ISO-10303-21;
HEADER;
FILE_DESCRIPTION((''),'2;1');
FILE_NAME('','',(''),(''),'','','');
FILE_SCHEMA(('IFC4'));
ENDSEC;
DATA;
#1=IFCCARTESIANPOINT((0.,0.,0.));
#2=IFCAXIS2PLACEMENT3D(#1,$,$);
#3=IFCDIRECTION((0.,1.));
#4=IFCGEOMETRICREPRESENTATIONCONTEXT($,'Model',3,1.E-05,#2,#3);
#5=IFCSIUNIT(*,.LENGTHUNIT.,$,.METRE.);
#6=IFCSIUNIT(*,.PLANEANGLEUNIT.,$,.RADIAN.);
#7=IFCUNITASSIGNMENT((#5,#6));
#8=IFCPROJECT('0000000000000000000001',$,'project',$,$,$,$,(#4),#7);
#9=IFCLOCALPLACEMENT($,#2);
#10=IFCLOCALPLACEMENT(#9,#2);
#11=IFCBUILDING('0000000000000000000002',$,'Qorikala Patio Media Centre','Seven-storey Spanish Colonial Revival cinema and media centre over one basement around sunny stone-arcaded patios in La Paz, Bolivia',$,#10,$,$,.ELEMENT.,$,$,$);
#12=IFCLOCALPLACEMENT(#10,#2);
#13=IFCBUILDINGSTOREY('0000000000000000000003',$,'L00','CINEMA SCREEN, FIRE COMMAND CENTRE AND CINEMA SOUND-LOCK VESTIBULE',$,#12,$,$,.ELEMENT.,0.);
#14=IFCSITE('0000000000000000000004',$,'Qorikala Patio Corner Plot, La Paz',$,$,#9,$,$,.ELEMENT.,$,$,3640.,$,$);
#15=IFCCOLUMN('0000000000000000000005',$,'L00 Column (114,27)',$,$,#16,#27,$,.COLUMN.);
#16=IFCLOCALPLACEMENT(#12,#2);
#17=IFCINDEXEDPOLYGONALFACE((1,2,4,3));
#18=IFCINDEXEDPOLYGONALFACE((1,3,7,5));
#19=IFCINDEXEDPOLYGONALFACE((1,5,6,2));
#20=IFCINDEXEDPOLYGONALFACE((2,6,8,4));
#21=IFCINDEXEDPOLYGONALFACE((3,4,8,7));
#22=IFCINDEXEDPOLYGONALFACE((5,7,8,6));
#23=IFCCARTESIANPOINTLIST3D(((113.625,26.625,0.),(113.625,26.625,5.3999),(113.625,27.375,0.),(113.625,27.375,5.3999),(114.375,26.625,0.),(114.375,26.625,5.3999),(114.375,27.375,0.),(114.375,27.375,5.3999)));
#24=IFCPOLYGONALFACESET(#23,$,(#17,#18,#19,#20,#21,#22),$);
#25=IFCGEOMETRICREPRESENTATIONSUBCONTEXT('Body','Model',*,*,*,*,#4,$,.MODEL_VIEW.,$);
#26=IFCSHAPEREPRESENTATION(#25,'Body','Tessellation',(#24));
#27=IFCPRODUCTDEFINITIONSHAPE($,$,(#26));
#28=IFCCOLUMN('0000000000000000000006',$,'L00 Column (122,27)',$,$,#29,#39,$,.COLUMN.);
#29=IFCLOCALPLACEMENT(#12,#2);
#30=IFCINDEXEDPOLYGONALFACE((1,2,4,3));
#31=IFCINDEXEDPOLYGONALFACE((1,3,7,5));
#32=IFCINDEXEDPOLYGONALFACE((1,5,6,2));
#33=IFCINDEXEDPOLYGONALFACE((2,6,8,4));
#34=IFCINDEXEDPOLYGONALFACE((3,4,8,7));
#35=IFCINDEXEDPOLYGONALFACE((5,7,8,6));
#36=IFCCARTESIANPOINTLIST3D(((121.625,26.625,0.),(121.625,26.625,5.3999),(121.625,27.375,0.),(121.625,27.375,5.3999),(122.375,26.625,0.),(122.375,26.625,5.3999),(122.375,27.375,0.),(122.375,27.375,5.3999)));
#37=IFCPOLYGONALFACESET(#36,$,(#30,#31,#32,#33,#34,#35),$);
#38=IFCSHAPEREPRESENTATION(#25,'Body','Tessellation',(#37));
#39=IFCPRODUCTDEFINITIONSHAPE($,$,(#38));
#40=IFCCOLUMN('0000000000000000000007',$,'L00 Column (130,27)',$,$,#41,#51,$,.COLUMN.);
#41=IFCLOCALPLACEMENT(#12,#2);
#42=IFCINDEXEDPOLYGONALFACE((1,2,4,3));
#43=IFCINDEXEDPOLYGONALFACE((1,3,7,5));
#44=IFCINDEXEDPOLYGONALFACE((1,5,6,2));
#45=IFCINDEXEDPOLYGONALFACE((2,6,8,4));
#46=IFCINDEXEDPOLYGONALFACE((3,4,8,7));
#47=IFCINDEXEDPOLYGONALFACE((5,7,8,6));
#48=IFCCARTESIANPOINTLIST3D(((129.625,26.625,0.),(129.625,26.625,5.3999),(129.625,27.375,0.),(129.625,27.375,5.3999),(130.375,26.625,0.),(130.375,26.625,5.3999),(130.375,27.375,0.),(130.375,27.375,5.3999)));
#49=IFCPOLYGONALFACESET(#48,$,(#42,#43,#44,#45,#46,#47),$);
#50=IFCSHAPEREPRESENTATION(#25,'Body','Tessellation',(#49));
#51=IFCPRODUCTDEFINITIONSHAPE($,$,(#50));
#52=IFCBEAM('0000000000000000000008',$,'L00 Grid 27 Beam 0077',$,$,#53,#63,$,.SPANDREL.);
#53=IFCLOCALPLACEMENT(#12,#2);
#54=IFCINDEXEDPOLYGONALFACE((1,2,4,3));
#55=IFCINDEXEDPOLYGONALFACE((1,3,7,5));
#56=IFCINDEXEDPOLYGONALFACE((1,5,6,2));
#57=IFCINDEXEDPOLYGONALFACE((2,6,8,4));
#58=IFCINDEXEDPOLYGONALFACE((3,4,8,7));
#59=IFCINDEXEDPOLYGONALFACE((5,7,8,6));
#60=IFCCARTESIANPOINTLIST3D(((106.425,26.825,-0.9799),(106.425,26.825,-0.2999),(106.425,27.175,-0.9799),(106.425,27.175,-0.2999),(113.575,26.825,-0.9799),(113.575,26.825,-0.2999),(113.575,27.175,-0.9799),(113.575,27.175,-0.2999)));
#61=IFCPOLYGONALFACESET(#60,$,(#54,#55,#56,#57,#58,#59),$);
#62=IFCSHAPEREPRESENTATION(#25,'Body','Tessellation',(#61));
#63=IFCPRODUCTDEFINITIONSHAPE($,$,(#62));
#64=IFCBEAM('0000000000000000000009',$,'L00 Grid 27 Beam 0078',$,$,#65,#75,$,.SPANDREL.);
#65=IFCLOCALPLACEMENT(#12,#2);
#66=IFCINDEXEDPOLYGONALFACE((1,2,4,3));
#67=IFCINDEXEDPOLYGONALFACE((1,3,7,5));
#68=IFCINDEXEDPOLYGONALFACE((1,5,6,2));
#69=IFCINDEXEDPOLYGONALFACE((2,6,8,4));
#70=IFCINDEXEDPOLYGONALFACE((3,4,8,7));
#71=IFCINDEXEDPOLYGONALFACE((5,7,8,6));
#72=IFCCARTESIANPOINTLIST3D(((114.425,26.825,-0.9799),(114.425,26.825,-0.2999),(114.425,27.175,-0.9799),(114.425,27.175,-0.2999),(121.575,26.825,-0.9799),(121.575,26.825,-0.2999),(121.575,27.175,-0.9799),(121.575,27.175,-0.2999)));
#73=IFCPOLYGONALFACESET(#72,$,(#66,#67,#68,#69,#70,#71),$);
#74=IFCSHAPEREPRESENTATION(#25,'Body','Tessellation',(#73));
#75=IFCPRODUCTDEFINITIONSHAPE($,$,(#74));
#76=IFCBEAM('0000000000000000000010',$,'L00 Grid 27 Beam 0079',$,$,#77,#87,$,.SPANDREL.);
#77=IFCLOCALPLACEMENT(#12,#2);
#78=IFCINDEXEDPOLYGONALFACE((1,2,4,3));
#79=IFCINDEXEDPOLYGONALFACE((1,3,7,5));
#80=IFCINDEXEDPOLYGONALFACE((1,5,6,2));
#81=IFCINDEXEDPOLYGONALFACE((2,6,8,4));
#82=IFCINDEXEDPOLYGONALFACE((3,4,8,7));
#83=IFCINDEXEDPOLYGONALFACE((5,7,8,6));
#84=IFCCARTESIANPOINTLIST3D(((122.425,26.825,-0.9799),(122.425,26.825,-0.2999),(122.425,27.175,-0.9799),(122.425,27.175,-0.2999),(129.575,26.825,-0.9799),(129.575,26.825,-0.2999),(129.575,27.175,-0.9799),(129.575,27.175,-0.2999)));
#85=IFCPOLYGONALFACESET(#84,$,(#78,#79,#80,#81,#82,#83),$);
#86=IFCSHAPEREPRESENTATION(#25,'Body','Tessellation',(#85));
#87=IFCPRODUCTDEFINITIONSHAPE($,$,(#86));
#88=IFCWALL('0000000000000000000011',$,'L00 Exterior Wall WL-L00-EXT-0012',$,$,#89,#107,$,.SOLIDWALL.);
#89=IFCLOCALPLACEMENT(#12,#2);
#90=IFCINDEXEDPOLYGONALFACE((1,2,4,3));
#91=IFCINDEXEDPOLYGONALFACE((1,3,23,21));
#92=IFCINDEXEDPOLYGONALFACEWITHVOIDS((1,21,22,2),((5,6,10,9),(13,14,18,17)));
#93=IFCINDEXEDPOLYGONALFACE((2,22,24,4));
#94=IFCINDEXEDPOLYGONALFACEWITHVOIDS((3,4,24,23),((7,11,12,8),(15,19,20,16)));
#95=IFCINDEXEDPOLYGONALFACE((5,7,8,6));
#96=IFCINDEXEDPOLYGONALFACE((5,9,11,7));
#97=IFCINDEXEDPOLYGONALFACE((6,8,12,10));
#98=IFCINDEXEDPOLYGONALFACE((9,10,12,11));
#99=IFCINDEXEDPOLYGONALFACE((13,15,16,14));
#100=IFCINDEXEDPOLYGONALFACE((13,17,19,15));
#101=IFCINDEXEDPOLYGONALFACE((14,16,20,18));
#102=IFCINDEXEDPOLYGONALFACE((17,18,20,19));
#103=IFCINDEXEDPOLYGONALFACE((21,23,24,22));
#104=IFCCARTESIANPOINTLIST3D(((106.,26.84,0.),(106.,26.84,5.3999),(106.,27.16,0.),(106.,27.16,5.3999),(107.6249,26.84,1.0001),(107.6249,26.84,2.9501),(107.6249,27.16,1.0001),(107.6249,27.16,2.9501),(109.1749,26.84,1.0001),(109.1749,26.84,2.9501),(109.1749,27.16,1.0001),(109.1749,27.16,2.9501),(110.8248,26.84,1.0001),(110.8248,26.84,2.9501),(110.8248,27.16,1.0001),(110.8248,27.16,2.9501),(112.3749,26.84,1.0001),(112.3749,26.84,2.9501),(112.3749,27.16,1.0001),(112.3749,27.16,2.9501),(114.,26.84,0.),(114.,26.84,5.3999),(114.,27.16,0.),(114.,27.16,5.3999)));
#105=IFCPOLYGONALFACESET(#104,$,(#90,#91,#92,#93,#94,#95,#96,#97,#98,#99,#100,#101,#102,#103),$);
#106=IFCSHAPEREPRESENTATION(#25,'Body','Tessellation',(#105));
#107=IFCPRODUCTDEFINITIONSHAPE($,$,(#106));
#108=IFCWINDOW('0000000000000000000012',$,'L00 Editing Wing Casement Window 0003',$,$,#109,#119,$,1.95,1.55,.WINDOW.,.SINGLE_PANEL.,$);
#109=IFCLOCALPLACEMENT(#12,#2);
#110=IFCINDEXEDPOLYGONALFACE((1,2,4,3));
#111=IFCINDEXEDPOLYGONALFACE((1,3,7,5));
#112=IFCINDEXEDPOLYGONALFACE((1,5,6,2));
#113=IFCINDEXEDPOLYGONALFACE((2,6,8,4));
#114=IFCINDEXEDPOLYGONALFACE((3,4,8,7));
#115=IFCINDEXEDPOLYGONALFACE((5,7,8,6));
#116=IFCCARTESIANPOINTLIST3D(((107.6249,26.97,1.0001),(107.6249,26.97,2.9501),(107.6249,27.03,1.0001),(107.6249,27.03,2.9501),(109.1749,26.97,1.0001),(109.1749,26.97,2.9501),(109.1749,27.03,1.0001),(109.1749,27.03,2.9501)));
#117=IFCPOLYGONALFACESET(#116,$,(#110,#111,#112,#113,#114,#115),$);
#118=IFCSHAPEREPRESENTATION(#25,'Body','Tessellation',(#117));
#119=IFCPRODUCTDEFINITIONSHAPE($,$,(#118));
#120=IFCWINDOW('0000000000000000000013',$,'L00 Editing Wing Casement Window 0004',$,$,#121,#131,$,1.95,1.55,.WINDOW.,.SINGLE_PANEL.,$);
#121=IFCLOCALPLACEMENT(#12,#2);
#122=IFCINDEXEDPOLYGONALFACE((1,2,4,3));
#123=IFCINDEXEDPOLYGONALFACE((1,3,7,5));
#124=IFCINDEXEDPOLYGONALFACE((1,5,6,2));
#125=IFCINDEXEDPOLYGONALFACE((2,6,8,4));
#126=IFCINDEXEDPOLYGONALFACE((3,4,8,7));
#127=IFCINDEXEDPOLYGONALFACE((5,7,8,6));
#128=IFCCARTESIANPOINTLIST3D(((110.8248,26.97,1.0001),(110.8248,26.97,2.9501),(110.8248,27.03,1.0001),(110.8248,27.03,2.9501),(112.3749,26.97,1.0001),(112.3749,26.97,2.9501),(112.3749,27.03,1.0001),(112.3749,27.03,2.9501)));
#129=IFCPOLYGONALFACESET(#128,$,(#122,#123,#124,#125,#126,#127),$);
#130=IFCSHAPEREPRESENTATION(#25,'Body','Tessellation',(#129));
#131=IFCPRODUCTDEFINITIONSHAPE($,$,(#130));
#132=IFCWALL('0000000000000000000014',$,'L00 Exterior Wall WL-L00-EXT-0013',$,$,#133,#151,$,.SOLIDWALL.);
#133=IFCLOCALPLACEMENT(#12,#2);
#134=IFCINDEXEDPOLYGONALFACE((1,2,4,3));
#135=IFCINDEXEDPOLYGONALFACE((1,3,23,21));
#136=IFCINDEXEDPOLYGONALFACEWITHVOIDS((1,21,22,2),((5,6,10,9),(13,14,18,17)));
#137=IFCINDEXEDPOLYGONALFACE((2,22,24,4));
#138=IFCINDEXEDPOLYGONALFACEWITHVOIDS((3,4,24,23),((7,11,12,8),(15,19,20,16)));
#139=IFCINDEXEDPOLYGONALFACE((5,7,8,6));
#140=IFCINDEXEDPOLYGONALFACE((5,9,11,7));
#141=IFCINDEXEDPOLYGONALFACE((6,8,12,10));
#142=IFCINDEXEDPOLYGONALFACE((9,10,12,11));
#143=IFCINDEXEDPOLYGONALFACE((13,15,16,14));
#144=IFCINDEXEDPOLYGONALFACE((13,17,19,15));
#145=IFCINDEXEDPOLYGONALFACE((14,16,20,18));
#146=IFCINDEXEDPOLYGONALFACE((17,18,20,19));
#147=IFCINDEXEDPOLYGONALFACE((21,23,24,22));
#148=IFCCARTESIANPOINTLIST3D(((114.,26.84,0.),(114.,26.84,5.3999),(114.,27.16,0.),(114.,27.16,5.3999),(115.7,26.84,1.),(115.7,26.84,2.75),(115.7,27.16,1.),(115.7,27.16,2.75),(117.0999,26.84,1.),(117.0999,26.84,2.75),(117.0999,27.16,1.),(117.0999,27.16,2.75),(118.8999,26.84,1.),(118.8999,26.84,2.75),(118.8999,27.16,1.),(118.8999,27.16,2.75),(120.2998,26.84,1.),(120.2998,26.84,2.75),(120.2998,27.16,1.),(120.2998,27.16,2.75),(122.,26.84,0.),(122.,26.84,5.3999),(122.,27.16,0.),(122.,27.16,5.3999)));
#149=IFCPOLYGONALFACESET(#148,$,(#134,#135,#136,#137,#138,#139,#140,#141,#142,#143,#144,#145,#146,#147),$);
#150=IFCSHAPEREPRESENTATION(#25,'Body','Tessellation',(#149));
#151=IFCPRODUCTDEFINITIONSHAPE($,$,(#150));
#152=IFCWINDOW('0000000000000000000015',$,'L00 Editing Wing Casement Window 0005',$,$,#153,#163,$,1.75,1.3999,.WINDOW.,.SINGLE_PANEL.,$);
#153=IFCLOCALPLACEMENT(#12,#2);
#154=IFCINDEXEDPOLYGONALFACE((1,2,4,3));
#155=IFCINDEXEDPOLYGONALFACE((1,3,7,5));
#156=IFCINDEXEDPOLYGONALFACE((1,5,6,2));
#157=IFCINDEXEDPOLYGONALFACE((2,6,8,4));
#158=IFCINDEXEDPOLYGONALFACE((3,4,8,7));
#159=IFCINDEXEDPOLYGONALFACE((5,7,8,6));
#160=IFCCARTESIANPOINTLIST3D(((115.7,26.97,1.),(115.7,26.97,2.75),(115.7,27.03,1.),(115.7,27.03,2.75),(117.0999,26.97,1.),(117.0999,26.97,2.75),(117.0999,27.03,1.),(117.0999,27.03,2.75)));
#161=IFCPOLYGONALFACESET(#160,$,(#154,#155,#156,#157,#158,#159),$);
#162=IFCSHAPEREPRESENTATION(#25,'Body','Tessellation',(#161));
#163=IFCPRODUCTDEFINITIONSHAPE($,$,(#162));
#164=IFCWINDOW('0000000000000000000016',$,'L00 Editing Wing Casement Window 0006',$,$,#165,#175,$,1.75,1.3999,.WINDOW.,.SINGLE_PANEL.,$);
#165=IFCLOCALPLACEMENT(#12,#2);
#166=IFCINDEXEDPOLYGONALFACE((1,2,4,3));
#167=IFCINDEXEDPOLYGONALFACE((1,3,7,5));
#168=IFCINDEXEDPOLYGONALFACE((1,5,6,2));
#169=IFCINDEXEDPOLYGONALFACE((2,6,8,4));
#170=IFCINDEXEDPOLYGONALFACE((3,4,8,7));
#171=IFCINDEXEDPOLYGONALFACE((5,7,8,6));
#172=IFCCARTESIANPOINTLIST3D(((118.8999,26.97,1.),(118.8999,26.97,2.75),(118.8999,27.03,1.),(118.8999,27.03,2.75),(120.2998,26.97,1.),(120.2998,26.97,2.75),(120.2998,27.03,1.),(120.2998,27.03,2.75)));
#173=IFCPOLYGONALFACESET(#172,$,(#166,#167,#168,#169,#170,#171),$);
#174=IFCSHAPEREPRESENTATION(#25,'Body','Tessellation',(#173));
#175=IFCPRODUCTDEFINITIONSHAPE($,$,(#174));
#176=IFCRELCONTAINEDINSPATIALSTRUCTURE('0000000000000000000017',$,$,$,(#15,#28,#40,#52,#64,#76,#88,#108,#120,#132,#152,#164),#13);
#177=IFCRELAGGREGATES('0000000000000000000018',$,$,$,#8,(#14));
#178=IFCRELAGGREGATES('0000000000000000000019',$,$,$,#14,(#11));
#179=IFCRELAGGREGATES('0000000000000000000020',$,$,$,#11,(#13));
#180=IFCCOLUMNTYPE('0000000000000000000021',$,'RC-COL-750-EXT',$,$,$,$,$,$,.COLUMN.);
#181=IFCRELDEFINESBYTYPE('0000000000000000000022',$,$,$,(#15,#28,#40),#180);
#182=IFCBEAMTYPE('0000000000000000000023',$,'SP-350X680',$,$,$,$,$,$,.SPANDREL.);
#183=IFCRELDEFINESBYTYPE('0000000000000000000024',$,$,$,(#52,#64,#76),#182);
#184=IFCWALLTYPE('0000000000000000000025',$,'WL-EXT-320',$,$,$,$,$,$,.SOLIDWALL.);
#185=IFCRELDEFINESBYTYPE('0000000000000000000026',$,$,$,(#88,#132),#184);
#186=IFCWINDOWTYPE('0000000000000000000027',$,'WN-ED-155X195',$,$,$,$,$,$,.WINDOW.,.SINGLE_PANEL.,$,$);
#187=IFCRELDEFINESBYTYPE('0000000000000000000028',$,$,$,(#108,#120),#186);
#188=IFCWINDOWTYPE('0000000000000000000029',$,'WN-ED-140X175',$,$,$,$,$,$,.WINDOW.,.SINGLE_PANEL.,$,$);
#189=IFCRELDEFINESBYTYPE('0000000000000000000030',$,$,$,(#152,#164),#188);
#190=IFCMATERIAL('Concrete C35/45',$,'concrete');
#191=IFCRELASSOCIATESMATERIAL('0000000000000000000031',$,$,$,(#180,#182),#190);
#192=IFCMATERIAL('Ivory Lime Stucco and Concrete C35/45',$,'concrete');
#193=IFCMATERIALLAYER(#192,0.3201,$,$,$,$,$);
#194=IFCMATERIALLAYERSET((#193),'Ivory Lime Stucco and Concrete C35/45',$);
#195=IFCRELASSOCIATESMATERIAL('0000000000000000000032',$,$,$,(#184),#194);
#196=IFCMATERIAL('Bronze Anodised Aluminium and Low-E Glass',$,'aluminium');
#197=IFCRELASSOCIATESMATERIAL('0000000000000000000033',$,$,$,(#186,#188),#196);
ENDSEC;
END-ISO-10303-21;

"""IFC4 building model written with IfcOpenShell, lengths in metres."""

from ifc_helpers import new_model, si_unit, direction, frame, frame_2d, origin, origin_2d, place, context, subcontext, project, spatial, rectangle, extrude, material, layer, layer_set, material_profile, profile_set, type_object, element, fill, save


model = new_model("IFC4")

# Units and contexts
model_context = context("Model", 3, precision=1e-05, world=origin(), true_north=direction((0.0, 1.0)))
body_context = subcontext(model_context, "Body", "Model", "MODEL_VIEW")
ifc_project = project(units=[si_unit("LENGTHUNIT", "METRE"), si_unit("PLANEANGLEUNIT", "RADIAN")], contexts=[model_context])

# Site, building, storey
site_placement = place(None, origin())
site = spatial("IfcSite", under=ifc_project, at=site_placement, Name="Qorikala Patio Corner Plot, La Paz", CompositionType="ELEMENT", RefElevation=3640.0)
building_placement = place(site_placement, origin())
building = spatial("IfcBuilding", under=site, at=building_placement, Name="Qorikala Patio Media Centre", Description="Seven-storey Spanish Colonial Revival cinema and media centre over one basement around sunny stone-arcaded patios in La Paz, Bolivia", CompositionType="ELEMENT")
storey_placement = place(building_placement, origin())
storey = spatial("IfcBuildingStorey", under=building, at=storey_placement, Name="L00", Description="CINEMA SCREEN, FIRE COMMAND CENTRE AND CINEMA SOUND-LOCK VESTIBULE", CompositionType="ELEMENT", Elevation=0.0)

# Columns
ifc_material_1 = material(Name="Concrete C35/45", Category="concrete")
ifc_material_profile_1 = material_profile(ifc_material_1, rectangle(XDim=0.75, YDim=0.75, at=origin_2d()), Name="RC 750x750")
ifc_profile_set_1 = profile_set([ifc_material_profile_1], Name="Concrete C35/45")
column_type = type_object("IfcColumnType", Name="RC-COL-750-EXT", PredefinedType="COLUMN", material=ifc_profile_set_1)
for number, where, z_axis, x_axis, name in (
    (1, (114.0, 27.0, 0.0), (0.0, 0.0, 1.0), (1.0, 0.0, 0.0), "L00 Column (114,27)"),
    (2, (122.0, 27.0, 0.0), (0.0, 0.0, 1.0), (1.0, 0.0, 0.0), "L00 Column (122,27)"),
    (3, (130.0, 27.0, 0.0), (0.0, 0.0, 1.0), (1.0, 0.0, 0.0), "L00 Column (130,27)"),
):
    element("IfcColumn", number, at=place(storey_placement, frame(where, z_axis=z_axis, x_axis=x_axis)), inside=storey, type_object=column_type, Name=name, PredefinedType="COLUMN", context=body_context, shape_type="SweptSolid", body=[
        extrude(rectangle(XDim=0.75, YDim=0.75, at=origin_2d()), origin(), (0.0, 0.0, 1.0), 5.3999),
    ])

# Beams
ifc_material_profile_2 = material_profile(ifc_material_1, rectangle(XDim=0.3501, YDim=0.6799, at=origin_2d()), Name="RC 350x680")
ifc_profile_set_2 = profile_set([ifc_material_profile_2], Name="Concrete C35/45")
beam_type = type_object("IfcBeamType", Name="SP-350X680", PredefinedType="SPANDREL", material=ifc_profile_set_2)
for number, where, z_axis, x_axis, name in (
    (4, (106.425, 27.0, -0.6399), (1.0, 0.0, 0.0), (0.0, 1.0, 0.0), "L00 Grid 27 Beam 0077"),
    (5, (114.425, 27.0, -0.6399), (1.0, 0.0, 0.0), (0.0, 1.0, 0.0), "L00 Grid 27 Beam 0078"),
    (6, (122.425, 27.0, -0.6399), (1.0, 0.0, 0.0), (0.0, 1.0, 0.0), "L00 Grid 27 Beam 0079"),
):
    element("IfcBeam", number, at=place(storey_placement, frame(where, z_axis=z_axis, x_axis=x_axis)), inside=storey, type_object=beam_type, Name=name, PredefinedType="SPANDREL", context=body_context, shape_type="SweptSolid", body=[
        extrude(rectangle(XDim=0.3501, YDim=0.6799, at=origin_2d()), origin(), (0.0, 0.0, 1.0), 7.1499),
    ])

# Walls, openings, windows
ifc_material_2 = material(Name="Ivory Lime Stucco and Concrete C35/45", Category="concrete")
ifc_layer_1 = layer(ifc_material_2, 0.3201)
ifc_layer_set_1 = layer_set([ifc_layer_1], Name="Ivory Lime Stucco and Concrete C35/45")
wall_type = type_object("IfcWallType", Name="WL-EXT-320", PredefinedType="SOLIDWALL", material=ifc_layer_set_1)
wall_1_placement = place(storey_placement, frame((106.0, 27.0, 0.0), z_axis=(0.0, 0.0, 1.0), x_axis=(1.0, 0.0, 0.0)))
wall_1 = element("IfcWall", 7, at=wall_1_placement, inside=storey, type_object=wall_type, Name="L00 Exterior Wall WL-L00-EXT-0012", PredefinedType="SOLIDWALL", context=body_context, shape_type="SweptSolid", body=[
    extrude(rectangle(XDim=8.0, YDim=0.3201, at=frame_2d((4.0, 0.0))), origin(), (0.0, 0.0, 1.0), 5.3999),
])
opening_1_placement = place(wall_1_placement, frame((1.625, 0.0, 1.0)))
opening_1 = element("IfcOpeningElement", 8, at=opening_1_placement, cuts=wall_1, PredefinedType="OPENING", context=body_context, shape_type="SweptSolid", body=[
    extrude(rectangle(XDim=1.55, YDim=1.95, at=frame_2d((0.7749, 0.9751))), frame((0.0, 0.1699, 0.0), z_axis=(0.0, -1.0, 0.0), x_axis=(1.0, 0.0, 0.0)), (0.0, 0.0, 1.0), 0.3401),
])
opening_2_placement = place(wall_1_placement, frame((4.825, 0.0, 1.0)))
opening_2 = element("IfcOpeningElement", 9, at=opening_2_placement, cuts=wall_1, PredefinedType="OPENING", context=body_context, shape_type="SweptSolid", body=[
    extrude(rectangle(XDim=1.55, YDim=1.95, at=frame_2d((0.7749, 0.9751))), frame((0.0, 0.1699, 0.0), z_axis=(0.0, -1.0, 0.0), x_axis=(1.0, 0.0, 0.0)), (0.0, 0.0, 1.0), 0.3401),
])
ifc_material_3 = material(Name="Bronze Anodised Aluminium and Low-E Glass", Category="aluminium")
window_type_1 = type_object("IfcWindowType", Name="WN-ED-155X195", PartitioningType="SINGLE_PANEL", PredefinedType="WINDOW", material=ifc_material_3)
window_1_placement = place(opening_1_placement, origin())
window_1 = element("IfcWindow", 10, at=window_1_placement, inside=storey, type_object=window_type_1, Name="L00 Editing Wing Casement Window 0003", OverallHeight=1.95, OverallWidth=1.55, PartitioningType="SINGLE_PANEL", PredefinedType="WINDOW", context=body_context, shape_type="SweptSolid", body=[
    extrude(rectangle(XDim=1.55, YDim=1.95, at=frame_2d((0.7749, 0.9751))), frame((0.0, 0.03, 0.0), z_axis=(0.0, -1.0, 0.0), x_axis=(1.0, 0.0, 0.0)), (0.0, 0.0, 1.0), 0.0601),
])
fill(opening_1, window_1)
window_2_placement = place(opening_2_placement, origin())
window_2 = element("IfcWindow", 11, at=window_2_placement, inside=storey, type_object=window_type_1, Name="L00 Editing Wing Casement Window 0004", OverallHeight=1.95, OverallWidth=1.55, PartitioningType="SINGLE_PANEL", PredefinedType="WINDOW", context=body_context, shape_type="SweptSolid", body=[
    extrude(rectangle(XDim=1.55, YDim=1.95, at=frame_2d((0.7749, 0.9751))), frame((0.0, 0.03, 0.0), z_axis=(0.0, -1.0, 0.0), x_axis=(1.0, 0.0, 0.0)), (0.0, 0.0, 1.0), 0.0601),
])
fill(opening_2, window_2)
wall_2_placement = place(storey_placement, frame((114.0, 27.0, 0.0), z_axis=(0.0, 0.0, 1.0), x_axis=(1.0, 0.0, 0.0)))
wall_2 = element("IfcWall", 12, at=wall_2_placement, inside=storey, type_object=wall_type, Name="L00 Exterior Wall WL-L00-EXT-0013", PredefinedType="SOLIDWALL", context=body_context, shape_type="SweptSolid", body=[
    extrude(rectangle(XDim=8.0, YDim=0.3201, at=frame_2d((4.0, 0.0))), origin(), (0.0, 0.0, 1.0), 5.3999),
])
opening_3_placement = place(wall_2_placement, frame((1.7, 0.0, 1.0)))
opening_3 = element("IfcOpeningElement", 13, at=opening_3_placement, cuts=wall_2, PredefinedType="OPENING", context=body_context, shape_type="SweptSolid", body=[
    extrude(rectangle(XDim=1.3999, YDim=1.75, at=frame_2d((0.7, 0.875))), frame((0.0, 0.1699, 0.0), z_axis=(0.0, -1.0, 0.0), x_axis=(1.0, 0.0, 0.0)), (0.0, 0.0, 1.0), 0.3401),
])
opening_4_placement = place(wall_2_placement, frame((4.8999, 0.0, 1.0)))
opening_4 = element("IfcOpeningElement", 14, at=opening_4_placement, cuts=wall_2, PredefinedType="OPENING", context=body_context, shape_type="SweptSolid", body=[
    extrude(rectangle(XDim=1.3999, YDim=1.75, at=frame_2d((0.7, 0.875))), frame((0.0, 0.1699, 0.0), z_axis=(0.0, -1.0, 0.0), x_axis=(1.0, 0.0, 0.0)), (0.0, 0.0, 1.0), 0.3401),
])
window_type_2 = type_object("IfcWindowType", Name="WN-ED-140X175", PartitioningType="SINGLE_PANEL", PredefinedType="WINDOW", material=ifc_material_3)
window_3_placement = place(opening_3_placement, origin())
window_3 = element("IfcWindow", 15, at=window_3_placement, inside=storey, type_object=window_type_2, Name="L00 Editing Wing Casement Window 0005", OverallHeight=1.75, OverallWidth=1.3999, PartitioningType="SINGLE_PANEL", PredefinedType="WINDOW", context=body_context, shape_type="SweptSolid", body=[
    extrude(rectangle(XDim=1.3999, YDim=1.75, at=frame_2d((0.7, 0.875))), frame((0.0, 0.03, 0.0), z_axis=(0.0, -1.0, 0.0), x_axis=(1.0, 0.0, 0.0)), (0.0, 0.0, 1.0), 0.0601),
])
fill(opening_3, window_3)
window_4_placement = place(opening_4_placement, origin())
window_4 = element("IfcWindow", 16, at=window_4_placement, inside=storey, type_object=window_type_2, Name="L00 Editing Wing Casement Window 0006", OverallHeight=1.75, OverallWidth=1.3999, PartitioningType="SINGLE_PANEL", PredefinedType="WINDOW", context=body_context, shape_type="SweptSolid", body=[
    extrude(rectangle(XDim=1.3999, YDim=1.75, at=frame_2d((0.7, 0.875))), frame((0.0, 0.03, 0.0), z_axis=(0.0, -1.0, 0.0), x_axis=(1.0, 0.0, 0.0)), (0.0, 0.0, 1.0), 0.0601),
])
fill(opening_4, window_4)

save(model, "model.ifc")
